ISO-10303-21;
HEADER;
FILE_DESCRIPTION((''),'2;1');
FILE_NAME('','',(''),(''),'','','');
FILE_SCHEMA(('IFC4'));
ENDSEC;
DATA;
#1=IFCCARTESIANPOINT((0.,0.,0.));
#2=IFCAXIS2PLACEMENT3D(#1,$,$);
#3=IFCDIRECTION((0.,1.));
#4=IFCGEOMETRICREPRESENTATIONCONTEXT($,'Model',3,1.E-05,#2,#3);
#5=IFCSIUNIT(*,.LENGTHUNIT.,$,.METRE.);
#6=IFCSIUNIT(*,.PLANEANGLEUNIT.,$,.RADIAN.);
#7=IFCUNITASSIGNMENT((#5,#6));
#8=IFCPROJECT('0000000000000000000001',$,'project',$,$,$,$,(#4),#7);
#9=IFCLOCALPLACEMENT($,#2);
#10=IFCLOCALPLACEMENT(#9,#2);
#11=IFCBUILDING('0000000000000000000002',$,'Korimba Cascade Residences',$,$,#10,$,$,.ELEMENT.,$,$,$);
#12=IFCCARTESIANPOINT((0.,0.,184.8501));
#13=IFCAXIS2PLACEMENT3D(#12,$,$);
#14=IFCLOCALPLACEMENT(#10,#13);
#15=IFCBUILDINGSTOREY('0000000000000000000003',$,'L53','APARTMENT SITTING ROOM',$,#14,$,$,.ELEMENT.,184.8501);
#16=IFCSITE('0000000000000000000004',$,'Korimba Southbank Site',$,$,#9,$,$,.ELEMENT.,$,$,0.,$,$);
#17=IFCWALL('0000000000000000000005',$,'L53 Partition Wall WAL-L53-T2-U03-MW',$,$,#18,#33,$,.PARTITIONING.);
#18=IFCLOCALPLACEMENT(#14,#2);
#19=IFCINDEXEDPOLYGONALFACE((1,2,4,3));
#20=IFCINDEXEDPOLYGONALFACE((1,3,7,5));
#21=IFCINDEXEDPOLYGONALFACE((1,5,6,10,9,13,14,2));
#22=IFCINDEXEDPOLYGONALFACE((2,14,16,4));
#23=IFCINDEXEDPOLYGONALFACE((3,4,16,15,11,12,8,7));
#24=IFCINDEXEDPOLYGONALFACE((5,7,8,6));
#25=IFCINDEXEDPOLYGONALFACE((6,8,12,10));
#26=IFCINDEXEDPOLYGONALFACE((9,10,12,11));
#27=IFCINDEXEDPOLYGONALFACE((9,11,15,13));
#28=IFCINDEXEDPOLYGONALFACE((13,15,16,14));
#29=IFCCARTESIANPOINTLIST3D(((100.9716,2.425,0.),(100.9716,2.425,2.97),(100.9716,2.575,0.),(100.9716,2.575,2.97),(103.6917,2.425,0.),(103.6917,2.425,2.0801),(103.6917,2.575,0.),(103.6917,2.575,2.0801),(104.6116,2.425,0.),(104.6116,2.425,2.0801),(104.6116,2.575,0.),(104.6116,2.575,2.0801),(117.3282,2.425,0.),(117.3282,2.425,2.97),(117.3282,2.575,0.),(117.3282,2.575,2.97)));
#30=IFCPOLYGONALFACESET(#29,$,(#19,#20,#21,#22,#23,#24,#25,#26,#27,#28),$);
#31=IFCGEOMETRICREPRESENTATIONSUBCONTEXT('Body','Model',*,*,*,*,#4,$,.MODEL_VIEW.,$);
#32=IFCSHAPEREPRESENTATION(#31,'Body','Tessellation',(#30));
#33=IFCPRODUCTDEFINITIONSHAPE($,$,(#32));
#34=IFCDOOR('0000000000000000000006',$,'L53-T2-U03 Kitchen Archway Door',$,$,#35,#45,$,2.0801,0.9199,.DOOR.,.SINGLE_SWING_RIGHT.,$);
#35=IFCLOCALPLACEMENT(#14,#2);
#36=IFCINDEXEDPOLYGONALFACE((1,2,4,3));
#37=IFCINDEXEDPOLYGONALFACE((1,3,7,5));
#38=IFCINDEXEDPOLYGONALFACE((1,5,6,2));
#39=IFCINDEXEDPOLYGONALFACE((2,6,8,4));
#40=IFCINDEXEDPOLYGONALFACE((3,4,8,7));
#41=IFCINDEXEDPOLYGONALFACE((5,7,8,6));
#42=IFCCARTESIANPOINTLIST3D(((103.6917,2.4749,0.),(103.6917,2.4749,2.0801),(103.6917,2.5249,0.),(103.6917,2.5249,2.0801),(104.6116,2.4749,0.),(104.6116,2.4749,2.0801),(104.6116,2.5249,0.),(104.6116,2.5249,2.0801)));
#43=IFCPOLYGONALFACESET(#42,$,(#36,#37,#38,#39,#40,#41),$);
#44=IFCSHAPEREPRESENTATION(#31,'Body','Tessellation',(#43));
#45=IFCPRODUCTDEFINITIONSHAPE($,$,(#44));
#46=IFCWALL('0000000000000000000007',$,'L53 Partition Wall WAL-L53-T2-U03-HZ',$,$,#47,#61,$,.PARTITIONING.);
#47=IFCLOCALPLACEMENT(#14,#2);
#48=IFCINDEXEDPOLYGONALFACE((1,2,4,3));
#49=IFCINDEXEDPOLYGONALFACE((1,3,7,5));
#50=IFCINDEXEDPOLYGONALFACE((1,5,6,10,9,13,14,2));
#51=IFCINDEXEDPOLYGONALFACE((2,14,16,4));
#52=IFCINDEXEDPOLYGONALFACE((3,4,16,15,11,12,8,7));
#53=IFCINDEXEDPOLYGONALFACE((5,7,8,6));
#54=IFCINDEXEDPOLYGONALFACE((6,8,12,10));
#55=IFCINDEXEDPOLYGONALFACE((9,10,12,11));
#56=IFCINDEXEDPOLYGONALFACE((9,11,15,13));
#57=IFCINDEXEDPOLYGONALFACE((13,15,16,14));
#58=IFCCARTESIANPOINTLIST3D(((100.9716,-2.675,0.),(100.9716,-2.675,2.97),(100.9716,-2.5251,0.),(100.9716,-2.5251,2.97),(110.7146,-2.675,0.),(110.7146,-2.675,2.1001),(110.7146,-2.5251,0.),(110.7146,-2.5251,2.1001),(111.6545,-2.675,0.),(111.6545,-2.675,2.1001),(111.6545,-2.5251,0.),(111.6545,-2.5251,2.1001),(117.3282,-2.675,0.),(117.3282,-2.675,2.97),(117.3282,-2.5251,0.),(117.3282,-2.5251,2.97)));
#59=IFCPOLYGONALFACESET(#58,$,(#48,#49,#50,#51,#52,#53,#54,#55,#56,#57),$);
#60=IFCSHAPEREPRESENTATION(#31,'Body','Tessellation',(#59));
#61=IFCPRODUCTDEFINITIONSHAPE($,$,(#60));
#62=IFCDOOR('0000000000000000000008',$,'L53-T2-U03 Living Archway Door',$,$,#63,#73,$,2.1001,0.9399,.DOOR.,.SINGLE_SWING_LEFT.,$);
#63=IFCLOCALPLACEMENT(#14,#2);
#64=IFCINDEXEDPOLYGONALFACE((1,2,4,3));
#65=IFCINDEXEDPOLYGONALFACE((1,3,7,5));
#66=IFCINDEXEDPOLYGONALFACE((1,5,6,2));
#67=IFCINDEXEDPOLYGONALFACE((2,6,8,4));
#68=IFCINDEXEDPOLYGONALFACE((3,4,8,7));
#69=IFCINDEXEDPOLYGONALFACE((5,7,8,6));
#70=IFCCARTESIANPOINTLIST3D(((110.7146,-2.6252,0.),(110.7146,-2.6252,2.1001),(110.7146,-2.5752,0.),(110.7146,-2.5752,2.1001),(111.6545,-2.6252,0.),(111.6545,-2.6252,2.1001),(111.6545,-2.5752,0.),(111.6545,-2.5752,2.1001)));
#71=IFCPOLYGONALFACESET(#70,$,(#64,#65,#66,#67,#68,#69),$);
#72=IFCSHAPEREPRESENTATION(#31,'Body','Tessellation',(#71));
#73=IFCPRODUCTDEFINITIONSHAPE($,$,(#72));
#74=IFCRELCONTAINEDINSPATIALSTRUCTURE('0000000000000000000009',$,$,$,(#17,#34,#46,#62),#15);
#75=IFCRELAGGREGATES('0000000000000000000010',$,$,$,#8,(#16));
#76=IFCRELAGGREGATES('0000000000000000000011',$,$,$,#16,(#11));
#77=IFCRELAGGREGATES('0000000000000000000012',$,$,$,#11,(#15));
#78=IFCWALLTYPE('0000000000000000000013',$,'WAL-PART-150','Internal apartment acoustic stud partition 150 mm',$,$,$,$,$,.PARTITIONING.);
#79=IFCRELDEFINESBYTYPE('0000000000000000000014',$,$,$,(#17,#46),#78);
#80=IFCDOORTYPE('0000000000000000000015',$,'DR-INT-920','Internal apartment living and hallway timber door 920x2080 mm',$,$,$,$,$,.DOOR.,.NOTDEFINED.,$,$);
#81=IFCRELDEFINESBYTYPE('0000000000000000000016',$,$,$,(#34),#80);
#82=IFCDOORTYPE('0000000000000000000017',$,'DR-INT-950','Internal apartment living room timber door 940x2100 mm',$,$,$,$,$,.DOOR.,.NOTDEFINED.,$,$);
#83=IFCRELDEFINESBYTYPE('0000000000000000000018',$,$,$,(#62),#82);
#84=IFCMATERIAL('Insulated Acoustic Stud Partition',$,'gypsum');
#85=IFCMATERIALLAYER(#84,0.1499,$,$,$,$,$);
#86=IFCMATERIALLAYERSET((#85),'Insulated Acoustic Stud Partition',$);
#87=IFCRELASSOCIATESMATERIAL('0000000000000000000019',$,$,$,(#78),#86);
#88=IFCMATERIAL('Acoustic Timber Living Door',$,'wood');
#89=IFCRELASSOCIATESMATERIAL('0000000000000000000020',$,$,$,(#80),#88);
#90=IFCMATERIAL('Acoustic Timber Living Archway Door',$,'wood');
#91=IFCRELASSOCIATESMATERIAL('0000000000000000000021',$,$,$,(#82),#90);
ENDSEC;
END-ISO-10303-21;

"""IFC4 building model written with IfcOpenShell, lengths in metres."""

from ifc_helpers import new_model, si_unit, direction, frame, frame_2d, origin, place, context, subcontext, project, spatial, rectangle, extrude, material, layer, layer_set, type_object, element, fill, save


model = new_model("IFC4")

# Units and contexts
model_context = context("Model", 3, precision=1e-05, world=origin(), true_north=direction((0.0, 1.0)))
body_context = subcontext(model_context, "Body", "Model", "MODEL_VIEW")
ifc_project = project(units=[si_unit("LENGTHUNIT", "METRE"), si_unit("PLANEANGLEUNIT", "RADIAN")], contexts=[model_context])

# Site, building, storey
site_placement = place(None, origin())
site = spatial("IfcSite", under=ifc_project, at=site_placement, Name="Korimba Southbank Site", CompositionType="ELEMENT", RefElevation=0.0)
building_placement = place(site_placement, origin())
building = spatial("IfcBuilding", under=site, at=building_placement, Name="Korimba Cascade Residences", CompositionType="ELEMENT")
storey_placement = place(building_placement, frame((0.0, 0.0, 184.8501)))
storey = spatial("IfcBuildingStorey", under=building, at=storey_placement, Name="L53", Description="APARTMENT SITTING ROOM", CompositionType="ELEMENT", Elevation=184.8501)

# Shared definitions
ifc_material_1 = material(Name="Insulated Acoustic Stud Partition", Category="gypsum")
ifc_layer = layer(ifc_material_1, 0.1499)
ifc_layer_set = layer_set([ifc_layer], Name="Insulated Acoustic Stud Partition")
wall_type = type_object("IfcWallType", Name="WAL-PART-150", Description="Internal apartment acoustic stud partition 150 mm", PredefinedType="PARTITIONING", material=ifc_layer_set)

# Walls, openings, doors
wall_1_placement = place(storey_placement, frame((100.9717, 2.5, 0.0), z_axis=(0.0, 0.0, 1.0), x_axis=(1.0, 0.0, 0.0)))
wall_1 = element("IfcWall", 1, at=wall_1_placement, inside=storey, type_object=wall_type, Name="L53 Partition Wall WAL-L53-T2-U03-MW", PredefinedType="PARTITIONING", context=body_context, shape_type="SweptSolid", body=[
    extrude(rectangle(XDim=16.3567, YDim=0.1499, at=frame_2d((8.1782, 0.0))), origin(), (0.0, 0.0, 1.0), 2.97),
])
opening_1_placement = place(wall_1_placement, frame((2.72, 0.0, 0.0)))
opening_1 = element("IfcOpeningElement", 2, at=opening_1_placement, cuts=wall_1, PredefinedType="OPENING", context=body_context, shape_type="SweptSolid", body=[
    extrude(rectangle(XDim=0.9199, YDim=2.0801, at=frame_2d((0.46, 1.04))), frame((0.0, 0.085, 0.0), z_axis=(0.0, -1.0, 0.0), x_axis=(1.0, 0.0, 0.0)), (0.0, 0.0, 1.0), 0.1699),
])
ifc_material_2 = material(Name="Acoustic Timber Living Door", Category="wood")
door_type_1 = type_object("IfcDoorType", Name="DR-INT-920", Description="Internal apartment living and hallway timber door 920x2080 mm", OperationType="NOTDEFINED", PredefinedType="DOOR", material=ifc_material_2)
door_1_placement = place(opening_1_placement, origin())
door_1 = element("IfcDoor", 3, at=door_1_placement, inside=storey, type_object=door_type_1, Name="L53-T2-U03 Kitchen Archway Door", OperationType="SINGLE_SWING_RIGHT", OverallHeight=2.0801, OverallWidth=0.9199, PredefinedType="DOOR", context=body_context, shape_type="SweptSolid", body=[
    extrude(rectangle(XDim=0.9199, YDim=2.0801, at=frame_2d((0.46, 1.04))), frame((0.0, 0.0249, 0.0), z_axis=(0.0, -1.0, 0.0), x_axis=(1.0, 0.0, 0.0)), (0.0, 0.0, 1.0), 0.05),
])
fill(opening_1, door_1)
wall_2_placement = place(storey_placement, frame((100.9717, -2.6001, 0.0), z_axis=(0.0, 0.0, 1.0), x_axis=(1.0, 0.0, 0.0)))
wall_2 = element("IfcWall", 4, at=wall_2_placement, inside=storey, type_object=wall_type, Name="L53 Partition Wall WAL-L53-T2-U03-HZ", PredefinedType="PARTITIONING", context=body_context, shape_type="SweptSolid", body=[
    extrude(rectangle(XDim=16.3567, YDim=0.1499, at=frame_2d((8.1782, 0.0))), origin(), (0.0, 0.0, 1.0), 2.97),
])
opening_2_placement = place(wall_2_placement, frame((9.7429, 0.0, 0.0)))
opening_2 = element("IfcOpeningElement", 5, at=opening_2_placement, cuts=wall_2, PredefinedType="OPENING", context=body_context, shape_type="SweptSolid", body=[
    extrude(rectangle(XDim=0.9399, YDim=2.1001, at=frame_2d((0.47, 1.05))), frame((0.0, 0.085, 0.0), z_axis=(0.0, -1.0, 0.0), x_axis=(1.0, 0.0, 0.0)), (0.0, 0.0, 1.0), 0.1699),
])
ifc_material_3 = material(Name="Acoustic Timber Living Archway Door", Category="wood")
door_type_2 = type_object("IfcDoorType", Name="DR-INT-950", Description="Internal apartment living room timber door 940x2100 mm", OperationType="NOTDEFINED", PredefinedType="DOOR", material=ifc_material_3)
door_2_placement = place(opening_2_placement, origin())
door_2 = element("IfcDoor", 6, at=door_2_placement, inside=storey, type_object=door_type_2, Name="L53-T2-U03 Living Archway Door", OperationType="SINGLE_SWING_LEFT", OverallHeight=2.1001, OverallWidth=0.9399, PredefinedType="DOOR", context=body_context, shape_type="SweptSolid", body=[
    extrude(rectangle(XDim=0.9399, YDim=2.1001, at=frame_2d((0.47, 1.05))), frame((0.0, 0.0249, 0.0), z_axis=(0.0, -1.0, 0.0), x_axis=(1.0, 0.0, 0.0)), (0.0, 0.0, 1.0), 0.05),
])
fill(opening_2, door_2)

save(model, "model.ifc")
